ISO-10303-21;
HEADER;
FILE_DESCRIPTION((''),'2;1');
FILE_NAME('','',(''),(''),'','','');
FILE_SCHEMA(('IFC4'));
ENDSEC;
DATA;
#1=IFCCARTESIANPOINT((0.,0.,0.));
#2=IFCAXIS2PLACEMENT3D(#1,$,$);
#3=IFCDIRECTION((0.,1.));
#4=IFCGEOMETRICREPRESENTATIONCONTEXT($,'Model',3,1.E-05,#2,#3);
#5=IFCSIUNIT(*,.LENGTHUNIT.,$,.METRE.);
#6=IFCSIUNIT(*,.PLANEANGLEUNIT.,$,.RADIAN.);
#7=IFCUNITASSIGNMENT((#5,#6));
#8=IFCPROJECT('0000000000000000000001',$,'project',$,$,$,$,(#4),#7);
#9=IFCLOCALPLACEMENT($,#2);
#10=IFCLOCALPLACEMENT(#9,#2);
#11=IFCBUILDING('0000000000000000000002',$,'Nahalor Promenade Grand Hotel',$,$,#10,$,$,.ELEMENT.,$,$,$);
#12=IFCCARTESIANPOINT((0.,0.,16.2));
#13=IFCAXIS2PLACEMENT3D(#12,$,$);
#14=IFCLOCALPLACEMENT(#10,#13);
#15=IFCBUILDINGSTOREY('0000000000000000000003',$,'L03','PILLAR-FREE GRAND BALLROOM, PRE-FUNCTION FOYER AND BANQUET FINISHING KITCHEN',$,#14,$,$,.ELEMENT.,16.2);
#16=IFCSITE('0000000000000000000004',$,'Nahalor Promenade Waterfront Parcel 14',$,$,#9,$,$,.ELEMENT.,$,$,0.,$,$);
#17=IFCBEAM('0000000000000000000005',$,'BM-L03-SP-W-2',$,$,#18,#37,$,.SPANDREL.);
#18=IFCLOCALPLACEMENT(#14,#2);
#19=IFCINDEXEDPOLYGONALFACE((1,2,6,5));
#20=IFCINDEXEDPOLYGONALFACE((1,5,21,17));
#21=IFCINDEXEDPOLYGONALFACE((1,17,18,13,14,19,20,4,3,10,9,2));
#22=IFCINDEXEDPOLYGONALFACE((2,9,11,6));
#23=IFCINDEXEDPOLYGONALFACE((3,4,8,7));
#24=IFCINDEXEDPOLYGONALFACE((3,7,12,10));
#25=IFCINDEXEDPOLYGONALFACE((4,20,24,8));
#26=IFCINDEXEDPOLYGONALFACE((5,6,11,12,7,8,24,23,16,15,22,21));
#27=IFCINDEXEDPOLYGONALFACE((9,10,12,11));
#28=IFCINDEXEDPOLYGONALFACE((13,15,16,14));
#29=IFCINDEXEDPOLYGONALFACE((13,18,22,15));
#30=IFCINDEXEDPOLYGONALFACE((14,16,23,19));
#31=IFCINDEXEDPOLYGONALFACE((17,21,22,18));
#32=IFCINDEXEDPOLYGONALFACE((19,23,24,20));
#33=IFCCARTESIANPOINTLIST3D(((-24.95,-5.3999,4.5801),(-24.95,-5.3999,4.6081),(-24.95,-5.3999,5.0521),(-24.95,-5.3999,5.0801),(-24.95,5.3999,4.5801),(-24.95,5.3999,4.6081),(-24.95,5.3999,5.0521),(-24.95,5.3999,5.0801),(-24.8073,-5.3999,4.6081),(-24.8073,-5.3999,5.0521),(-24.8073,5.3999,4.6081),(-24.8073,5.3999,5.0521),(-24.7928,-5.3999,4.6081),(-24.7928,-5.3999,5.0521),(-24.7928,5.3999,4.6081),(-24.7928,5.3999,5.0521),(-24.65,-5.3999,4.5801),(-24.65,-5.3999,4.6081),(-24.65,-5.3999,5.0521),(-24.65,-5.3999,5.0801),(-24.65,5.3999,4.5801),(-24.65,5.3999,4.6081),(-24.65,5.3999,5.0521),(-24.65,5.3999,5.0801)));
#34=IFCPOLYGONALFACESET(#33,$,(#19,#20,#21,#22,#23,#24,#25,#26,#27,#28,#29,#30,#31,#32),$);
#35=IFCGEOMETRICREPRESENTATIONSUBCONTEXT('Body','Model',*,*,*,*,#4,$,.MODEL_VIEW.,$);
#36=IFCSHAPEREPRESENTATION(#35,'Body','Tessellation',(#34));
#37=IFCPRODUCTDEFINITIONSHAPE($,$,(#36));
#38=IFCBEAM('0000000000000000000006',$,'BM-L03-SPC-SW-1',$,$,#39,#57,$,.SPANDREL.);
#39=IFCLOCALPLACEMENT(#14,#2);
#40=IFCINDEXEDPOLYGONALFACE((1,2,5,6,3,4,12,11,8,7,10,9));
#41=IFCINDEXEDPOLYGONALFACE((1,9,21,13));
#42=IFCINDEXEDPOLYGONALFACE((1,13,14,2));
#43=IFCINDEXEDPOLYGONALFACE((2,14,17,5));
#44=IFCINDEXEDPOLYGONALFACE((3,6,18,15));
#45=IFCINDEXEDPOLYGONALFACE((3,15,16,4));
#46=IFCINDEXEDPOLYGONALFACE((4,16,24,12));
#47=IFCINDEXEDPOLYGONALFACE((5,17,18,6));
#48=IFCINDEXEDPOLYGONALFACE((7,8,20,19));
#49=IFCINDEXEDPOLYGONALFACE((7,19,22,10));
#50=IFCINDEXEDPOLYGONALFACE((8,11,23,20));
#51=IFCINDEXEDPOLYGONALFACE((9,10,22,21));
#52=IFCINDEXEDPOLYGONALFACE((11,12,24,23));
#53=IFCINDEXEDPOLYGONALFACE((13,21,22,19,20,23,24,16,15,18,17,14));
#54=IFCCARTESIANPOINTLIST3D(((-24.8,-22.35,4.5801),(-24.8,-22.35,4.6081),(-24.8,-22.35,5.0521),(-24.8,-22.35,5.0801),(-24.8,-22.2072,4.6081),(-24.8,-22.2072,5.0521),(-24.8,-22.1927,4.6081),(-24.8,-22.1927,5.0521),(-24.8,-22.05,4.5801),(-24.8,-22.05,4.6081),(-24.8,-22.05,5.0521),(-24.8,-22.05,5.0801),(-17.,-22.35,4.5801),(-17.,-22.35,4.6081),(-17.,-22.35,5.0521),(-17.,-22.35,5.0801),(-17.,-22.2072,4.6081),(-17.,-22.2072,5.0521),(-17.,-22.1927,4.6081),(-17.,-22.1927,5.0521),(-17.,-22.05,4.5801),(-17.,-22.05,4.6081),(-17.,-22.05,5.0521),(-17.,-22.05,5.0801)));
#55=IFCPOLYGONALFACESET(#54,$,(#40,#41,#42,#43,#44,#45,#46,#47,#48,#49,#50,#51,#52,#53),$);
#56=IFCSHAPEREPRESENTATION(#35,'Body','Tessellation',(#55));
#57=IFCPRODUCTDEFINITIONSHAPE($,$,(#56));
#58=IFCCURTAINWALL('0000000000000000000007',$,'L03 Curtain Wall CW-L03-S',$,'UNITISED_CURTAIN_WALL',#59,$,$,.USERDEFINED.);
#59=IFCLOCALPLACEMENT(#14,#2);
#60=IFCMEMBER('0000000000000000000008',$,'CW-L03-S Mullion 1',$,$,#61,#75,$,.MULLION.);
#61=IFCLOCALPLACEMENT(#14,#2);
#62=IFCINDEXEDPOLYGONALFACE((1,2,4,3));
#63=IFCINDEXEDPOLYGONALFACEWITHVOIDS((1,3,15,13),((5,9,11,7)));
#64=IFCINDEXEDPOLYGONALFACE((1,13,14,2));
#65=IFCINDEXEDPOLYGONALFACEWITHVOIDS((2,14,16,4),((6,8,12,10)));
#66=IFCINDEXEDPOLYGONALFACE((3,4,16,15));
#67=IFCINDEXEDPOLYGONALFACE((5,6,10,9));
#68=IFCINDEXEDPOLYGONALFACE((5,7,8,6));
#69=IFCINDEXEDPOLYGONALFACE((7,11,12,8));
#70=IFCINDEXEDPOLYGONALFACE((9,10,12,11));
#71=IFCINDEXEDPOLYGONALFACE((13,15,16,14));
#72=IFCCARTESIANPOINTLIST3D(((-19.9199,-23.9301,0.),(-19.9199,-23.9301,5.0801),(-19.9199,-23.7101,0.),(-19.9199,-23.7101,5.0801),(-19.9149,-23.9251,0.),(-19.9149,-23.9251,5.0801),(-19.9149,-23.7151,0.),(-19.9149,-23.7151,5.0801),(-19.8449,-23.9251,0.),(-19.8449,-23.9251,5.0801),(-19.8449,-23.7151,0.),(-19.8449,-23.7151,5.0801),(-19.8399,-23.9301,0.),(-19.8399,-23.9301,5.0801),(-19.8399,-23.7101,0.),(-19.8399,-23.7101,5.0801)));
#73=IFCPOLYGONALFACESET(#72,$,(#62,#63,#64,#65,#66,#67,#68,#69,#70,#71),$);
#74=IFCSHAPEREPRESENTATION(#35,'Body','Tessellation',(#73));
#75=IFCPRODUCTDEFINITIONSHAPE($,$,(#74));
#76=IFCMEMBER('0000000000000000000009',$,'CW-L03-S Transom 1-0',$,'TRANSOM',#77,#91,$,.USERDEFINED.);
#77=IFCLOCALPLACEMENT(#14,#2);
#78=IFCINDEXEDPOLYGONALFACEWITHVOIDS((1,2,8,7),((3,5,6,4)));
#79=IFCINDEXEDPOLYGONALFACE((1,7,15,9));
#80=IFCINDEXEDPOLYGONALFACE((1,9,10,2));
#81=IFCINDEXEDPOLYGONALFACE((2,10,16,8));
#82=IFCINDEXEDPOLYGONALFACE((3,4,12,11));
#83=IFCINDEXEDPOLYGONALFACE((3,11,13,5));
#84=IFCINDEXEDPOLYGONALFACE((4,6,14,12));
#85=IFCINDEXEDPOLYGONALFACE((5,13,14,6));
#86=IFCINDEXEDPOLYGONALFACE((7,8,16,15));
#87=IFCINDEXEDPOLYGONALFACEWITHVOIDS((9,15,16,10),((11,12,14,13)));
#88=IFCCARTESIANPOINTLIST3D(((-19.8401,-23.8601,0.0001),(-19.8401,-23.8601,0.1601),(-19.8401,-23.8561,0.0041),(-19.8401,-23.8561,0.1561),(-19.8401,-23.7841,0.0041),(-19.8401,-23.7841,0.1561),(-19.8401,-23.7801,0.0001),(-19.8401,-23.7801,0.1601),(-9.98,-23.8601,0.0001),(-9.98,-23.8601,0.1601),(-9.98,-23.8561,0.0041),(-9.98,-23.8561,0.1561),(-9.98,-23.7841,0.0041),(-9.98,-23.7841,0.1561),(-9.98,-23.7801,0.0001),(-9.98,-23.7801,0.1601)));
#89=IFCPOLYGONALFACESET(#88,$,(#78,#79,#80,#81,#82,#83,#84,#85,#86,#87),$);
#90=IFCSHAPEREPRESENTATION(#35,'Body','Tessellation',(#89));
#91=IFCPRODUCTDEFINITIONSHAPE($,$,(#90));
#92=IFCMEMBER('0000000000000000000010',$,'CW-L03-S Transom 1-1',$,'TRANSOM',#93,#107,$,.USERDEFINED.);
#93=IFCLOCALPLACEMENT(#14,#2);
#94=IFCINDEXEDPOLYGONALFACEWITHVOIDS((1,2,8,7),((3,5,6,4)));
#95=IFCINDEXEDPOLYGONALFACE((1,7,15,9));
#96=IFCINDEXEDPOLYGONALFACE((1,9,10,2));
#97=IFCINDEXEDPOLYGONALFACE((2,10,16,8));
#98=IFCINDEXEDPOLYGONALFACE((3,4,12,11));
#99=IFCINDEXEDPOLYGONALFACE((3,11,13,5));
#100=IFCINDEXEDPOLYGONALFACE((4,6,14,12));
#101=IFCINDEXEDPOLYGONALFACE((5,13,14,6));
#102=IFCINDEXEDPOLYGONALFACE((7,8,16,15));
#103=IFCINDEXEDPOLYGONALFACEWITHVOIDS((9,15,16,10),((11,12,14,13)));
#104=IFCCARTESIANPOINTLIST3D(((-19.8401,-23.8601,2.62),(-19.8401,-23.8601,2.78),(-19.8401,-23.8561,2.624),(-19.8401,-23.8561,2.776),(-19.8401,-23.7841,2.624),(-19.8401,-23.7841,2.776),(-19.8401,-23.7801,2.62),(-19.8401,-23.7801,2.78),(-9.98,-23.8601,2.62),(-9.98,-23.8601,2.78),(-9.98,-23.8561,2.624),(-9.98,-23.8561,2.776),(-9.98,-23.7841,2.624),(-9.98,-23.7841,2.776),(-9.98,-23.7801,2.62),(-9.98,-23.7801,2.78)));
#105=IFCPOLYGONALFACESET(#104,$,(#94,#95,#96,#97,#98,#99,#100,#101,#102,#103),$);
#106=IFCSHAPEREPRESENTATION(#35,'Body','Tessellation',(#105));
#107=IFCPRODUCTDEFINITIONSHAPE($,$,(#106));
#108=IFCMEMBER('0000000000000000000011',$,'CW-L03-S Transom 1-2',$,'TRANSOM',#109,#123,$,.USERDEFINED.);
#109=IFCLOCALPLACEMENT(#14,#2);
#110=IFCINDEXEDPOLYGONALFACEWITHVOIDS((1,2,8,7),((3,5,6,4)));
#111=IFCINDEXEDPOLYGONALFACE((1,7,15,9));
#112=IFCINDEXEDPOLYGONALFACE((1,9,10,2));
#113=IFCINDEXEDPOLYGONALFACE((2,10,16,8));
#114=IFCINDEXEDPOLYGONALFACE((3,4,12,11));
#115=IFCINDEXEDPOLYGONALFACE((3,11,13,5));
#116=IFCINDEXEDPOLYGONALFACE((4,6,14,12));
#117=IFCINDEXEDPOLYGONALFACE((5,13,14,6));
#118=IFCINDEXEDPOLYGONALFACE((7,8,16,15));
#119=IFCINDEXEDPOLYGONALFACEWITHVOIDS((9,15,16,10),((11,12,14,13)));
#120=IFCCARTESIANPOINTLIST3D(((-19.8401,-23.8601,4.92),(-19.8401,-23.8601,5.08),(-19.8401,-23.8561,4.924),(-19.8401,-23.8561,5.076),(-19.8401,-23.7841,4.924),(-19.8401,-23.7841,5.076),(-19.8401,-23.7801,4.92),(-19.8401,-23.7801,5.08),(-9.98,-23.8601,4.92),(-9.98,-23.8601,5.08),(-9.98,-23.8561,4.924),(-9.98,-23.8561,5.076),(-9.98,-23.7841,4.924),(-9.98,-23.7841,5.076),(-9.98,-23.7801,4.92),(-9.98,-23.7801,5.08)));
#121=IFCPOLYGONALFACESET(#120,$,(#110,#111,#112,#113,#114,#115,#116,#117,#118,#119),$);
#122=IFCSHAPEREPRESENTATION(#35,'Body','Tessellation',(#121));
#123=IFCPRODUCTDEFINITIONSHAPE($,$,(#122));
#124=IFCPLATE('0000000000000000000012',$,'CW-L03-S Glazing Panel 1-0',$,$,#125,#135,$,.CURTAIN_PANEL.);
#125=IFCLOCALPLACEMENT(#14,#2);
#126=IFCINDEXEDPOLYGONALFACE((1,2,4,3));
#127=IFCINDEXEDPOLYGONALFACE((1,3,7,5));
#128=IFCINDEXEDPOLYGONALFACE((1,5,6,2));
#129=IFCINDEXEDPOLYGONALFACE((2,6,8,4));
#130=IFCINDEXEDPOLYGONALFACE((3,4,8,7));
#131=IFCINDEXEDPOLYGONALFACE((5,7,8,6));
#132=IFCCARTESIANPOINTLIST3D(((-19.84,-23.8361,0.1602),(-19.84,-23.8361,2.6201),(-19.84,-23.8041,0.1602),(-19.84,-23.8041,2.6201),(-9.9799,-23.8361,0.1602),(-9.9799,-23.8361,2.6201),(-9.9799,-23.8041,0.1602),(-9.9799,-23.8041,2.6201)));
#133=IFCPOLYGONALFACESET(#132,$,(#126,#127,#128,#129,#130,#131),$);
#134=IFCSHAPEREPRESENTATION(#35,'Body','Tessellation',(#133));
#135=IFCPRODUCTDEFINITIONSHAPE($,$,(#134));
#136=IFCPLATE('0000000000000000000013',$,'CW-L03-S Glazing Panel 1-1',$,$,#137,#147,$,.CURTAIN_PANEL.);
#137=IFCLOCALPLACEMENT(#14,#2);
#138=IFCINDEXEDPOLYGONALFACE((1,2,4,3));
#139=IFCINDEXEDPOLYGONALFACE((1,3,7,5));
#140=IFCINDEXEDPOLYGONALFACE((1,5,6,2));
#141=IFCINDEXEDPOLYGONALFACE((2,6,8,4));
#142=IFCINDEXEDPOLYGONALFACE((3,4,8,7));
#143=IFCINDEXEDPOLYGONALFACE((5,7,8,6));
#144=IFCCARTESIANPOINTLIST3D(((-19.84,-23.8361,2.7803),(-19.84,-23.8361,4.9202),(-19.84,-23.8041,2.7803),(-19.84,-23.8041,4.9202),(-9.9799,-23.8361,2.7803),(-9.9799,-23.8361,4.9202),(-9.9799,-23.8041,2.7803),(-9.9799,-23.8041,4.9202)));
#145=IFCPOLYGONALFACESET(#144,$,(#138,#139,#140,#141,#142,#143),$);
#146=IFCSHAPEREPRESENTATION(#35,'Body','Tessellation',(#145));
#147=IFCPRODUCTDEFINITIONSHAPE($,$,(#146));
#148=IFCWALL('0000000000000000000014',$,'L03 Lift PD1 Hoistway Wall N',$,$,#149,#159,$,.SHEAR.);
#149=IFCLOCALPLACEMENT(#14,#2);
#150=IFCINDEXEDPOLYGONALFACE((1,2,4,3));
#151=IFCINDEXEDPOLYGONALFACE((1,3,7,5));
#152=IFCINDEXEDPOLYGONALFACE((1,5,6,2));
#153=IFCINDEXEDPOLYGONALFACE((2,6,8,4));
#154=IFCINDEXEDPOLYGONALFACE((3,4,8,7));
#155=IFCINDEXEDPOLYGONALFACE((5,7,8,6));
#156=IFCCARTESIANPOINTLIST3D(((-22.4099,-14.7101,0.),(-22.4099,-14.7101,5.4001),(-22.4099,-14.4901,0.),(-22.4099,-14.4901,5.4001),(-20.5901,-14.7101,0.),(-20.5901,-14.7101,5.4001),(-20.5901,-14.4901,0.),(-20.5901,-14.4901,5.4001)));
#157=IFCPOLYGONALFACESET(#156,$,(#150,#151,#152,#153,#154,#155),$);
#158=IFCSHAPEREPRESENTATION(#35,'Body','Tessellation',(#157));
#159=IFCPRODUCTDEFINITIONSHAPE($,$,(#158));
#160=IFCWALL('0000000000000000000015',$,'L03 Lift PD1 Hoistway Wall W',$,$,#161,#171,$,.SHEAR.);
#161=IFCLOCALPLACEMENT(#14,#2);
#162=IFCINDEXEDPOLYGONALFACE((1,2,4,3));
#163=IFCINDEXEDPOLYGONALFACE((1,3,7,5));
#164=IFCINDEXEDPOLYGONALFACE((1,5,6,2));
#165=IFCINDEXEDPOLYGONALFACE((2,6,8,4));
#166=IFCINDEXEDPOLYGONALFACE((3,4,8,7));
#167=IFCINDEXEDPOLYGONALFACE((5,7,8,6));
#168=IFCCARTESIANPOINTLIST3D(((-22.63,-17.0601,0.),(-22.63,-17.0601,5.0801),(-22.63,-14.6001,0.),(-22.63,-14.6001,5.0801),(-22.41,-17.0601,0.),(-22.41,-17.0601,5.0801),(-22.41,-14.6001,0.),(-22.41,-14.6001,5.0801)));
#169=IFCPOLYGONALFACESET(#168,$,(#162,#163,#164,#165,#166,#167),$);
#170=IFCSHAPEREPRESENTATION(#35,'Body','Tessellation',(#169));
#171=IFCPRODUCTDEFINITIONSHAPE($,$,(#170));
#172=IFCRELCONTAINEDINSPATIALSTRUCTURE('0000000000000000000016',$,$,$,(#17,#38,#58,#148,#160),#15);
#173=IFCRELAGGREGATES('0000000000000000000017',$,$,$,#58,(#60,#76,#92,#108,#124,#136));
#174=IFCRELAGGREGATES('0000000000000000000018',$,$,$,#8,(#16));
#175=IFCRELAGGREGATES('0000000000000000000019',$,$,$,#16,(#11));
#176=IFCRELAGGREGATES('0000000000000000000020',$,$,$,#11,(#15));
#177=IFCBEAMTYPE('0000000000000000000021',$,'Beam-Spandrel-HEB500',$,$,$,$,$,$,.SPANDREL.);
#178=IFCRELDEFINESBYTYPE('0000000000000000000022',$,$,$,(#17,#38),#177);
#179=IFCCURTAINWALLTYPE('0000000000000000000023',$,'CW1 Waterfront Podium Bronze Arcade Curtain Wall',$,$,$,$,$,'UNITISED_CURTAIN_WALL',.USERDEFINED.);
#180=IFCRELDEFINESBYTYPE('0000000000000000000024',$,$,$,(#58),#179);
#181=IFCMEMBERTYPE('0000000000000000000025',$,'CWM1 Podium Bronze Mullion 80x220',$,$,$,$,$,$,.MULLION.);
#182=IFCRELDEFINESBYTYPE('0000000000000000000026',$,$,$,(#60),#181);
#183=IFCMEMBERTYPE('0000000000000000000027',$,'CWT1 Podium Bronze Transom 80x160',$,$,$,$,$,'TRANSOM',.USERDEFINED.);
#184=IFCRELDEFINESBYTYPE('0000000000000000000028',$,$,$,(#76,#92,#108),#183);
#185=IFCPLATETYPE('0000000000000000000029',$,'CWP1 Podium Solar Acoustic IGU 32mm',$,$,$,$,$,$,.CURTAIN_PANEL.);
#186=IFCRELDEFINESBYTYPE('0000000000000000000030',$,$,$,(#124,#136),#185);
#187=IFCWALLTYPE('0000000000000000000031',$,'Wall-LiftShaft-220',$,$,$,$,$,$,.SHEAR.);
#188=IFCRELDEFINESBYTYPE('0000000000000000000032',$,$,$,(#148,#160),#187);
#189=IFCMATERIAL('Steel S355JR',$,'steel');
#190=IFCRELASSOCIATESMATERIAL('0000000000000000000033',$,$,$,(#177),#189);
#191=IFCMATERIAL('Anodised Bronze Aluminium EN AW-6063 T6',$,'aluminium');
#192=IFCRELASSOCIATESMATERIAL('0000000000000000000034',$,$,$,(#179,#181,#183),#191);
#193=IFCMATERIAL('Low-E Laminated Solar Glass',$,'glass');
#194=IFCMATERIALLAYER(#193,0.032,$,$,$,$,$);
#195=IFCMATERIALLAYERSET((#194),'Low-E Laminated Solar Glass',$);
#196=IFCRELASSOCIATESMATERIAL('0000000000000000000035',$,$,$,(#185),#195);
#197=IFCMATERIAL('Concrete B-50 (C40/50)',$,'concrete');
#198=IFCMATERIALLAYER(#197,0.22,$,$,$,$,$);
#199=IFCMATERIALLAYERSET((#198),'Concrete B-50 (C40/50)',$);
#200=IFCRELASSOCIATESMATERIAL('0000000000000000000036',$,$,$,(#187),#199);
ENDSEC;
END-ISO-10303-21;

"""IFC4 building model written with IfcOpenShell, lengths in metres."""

from ifc_helpers import new_model, si_unit, direction, frame, frame_2d, origin, origin_2d, place, context, subcontext, project, spatial, rectangle, hollow_rectangle, i_section, extrude, source, transform, mapped, material, layer, layer_set, material_profile, profile_set, type_object, element, aggregate, save


model = new_model("IFC4")

# Units and contexts
model_context = context("Model", 3, precision=1e-05, world=origin(), true_north=direction((0.0, 1.0)))
body_context = subcontext(model_context, "Body", "Model", "MODEL_VIEW")
ifc_project = project(units=[si_unit("LENGTHUNIT", "METRE"), si_unit("PLANEANGLEUNIT", "RADIAN")], contexts=[model_context])

# Site, building, storey
site_placement = place(None, origin())
site = spatial("IfcSite", under=ifc_project, at=site_placement, Name="Nahalor Promenade Waterfront Parcel 14", CompositionType="ELEMENT", RefElevation=0.0)
building_placement = place(site_placement, origin())
building = spatial("IfcBuilding", under=site, at=building_placement, Name="Nahalor Promenade Grand Hotel", CompositionType="ELEMENT")
storey_placement = place(building_placement, frame((0.0, 0.0, 16.2)))
storey = spatial("IfcBuildingStorey", under=building, at=storey_placement, Name="L03", Description="PILLAR-FREE GRAND BALLROOM, PRE-FUNCTION FOYER AND BANQUET FINISHING KITCHEN", CompositionType="ELEMENT", Elevation=16.2)

# Beams
ifc_material_1 = material(Name="Steel S355JR", Category="steel")
ifc_material_profile_1 = material_profile(ifc_material_1, i_section(OverallWidth=0.3, OverallDepth=0.5, WebThickness=0.0145, FlangeThickness=0.028, at=origin_2d()), Name="HEB 500")
ifc_profile_set_1 = profile_set([ifc_material_profile_1], Name="Steel S355JR")
beam_type_1 = type_object("IfcBeamType", Name="Beam-Spandrel-HEB500", PredefinedType="SPANDREL", material=ifc_profile_set_1)
shared_shape_1 = source(origin(), body_context, "Body", "SweptSolid", [
    extrude(i_section(OverallWidth=0.3, OverallDepth=0.5, WebThickness=0.0145, FlangeThickness=0.028, at=origin_2d()), origin(), (0.0, 0.0, 1.0), 10.7998),
])
beam_1_placement = place(storey_placement, frame((-24.8, -5.3999, 4.8301), z_axis=(0.0, 1.0, 0.0), x_axis=(-1.0, 0.0, 0.0)))
element("IfcBeam", 1, at=beam_1_placement, inside=storey, type_object=beam_type_1, Name="BM-L03-SP-W-2", PredefinedType="SPANDREL", context=body_context, shape_type="MappedRepresentation", body=[
    mapped(shared_shape_1, transform((0.0, 0.0, 0.0), scale=1.0)),
])
shared_shape_2 = source(origin(), body_context, "Body", "SweptSolid", [
    extrude(i_section(OverallWidth=0.3, OverallDepth=0.5, WebThickness=0.0145, FlangeThickness=0.028, at=origin_2d()), origin(), (0.0, 0.0, 1.0), 7.8),
])
beam_2_placement = place(storey_placement, frame((-17.0, -22.2, 4.8301), z_axis=(-1.0, 0.0, 0.0), x_axis=(0.0, -1.0, 0.0)))
element("IfcBeam", 2, at=beam_2_placement, inside=storey, type_object=beam_type_1, Name="BM-L03-SPC-SW-1", PredefinedType="SPANDREL", context=body_context, shape_type="MappedRepresentation", body=[
    mapped(shared_shape_2, transform((0.0, 0.0, 0.0), scale=1.0)),
])

# Curtain wall, members, plates
ifc_material_2 = material(Name="Anodised Bronze Aluminium EN AW-6063 T6", Category="aluminium")
curtain_wall_type = type_object("IfcCurtainWallType", Name="CW1 Waterfront Podium Bronze Arcade Curtain Wall", ElementType="UNITISED_CURTAIN_WALL", PredefinedType="USERDEFINED", material=ifc_material_2)
curtain_wall_placement = place(storey_placement, origin())
curtain_wall = element("IfcCurtainWall", 3, at=curtain_wall_placement, inside=storey, type_object=curtain_wall_type, Name="L03 Curtain Wall CW-L03-S", ObjectType="UNITISED_CURTAIN_WALL", PredefinedType="USERDEFINED")
ifc_material_profile_2 = material_profile(ifc_material_2, hollow_rectangle(XDim=0.08, YDim=0.22, WallThickness=0.005, at=origin_2d()), Name="CWM 80x220x5")
ifc_profile_set_2 = profile_set([ifc_material_profile_2], Name="Anodised Bronze Aluminium EN AW-6063 T6")
member_type_1 = type_object("IfcMemberType", Name="CWM1 Podium Bronze Mullion 80x220", PredefinedType="MULLION", material=ifc_profile_set_2)
shared_shape_3 = source(origin(), body_context, "Body", "SweptSolid", [
    extrude(hollow_rectangle(XDim=0.08, YDim=0.22, WallThickness=0.005, at=origin_2d()), origin(), (0.0, 0.0, 1.0), 5.0801),
])
member_1_placement = place(storey_placement, frame((-19.8799, -23.8201, 0.0), z_axis=(0.0, 0.0, 1.0), x_axis=(1.0, 0.0, 0.0)))
member_1 = element("IfcMember", 4, at=member_1_placement, type_object=member_type_1, Name="CW-L03-S Mullion 1", PredefinedType="MULLION", context=body_context, shape_type="MappedRepresentation", body=[
    mapped(shared_shape_3, transform((0.0, 0.0, 0.0), scale=1.0)),
])
ifc_material_profile_3 = material_profile(ifc_material_2, hollow_rectangle(XDim=0.08, YDim=0.16, WallThickness=0.004, at=origin_2d()), Name="CWT 80x160x4")
ifc_profile_set_3 = profile_set([ifc_material_profile_3], Name="Anodised Bronze Aluminium EN AW-6063 T6")
member_type_2 = type_object("IfcMemberType", Name="CWT1 Podium Bronze Transom 80x160", ElementType="TRANSOM", PredefinedType="USERDEFINED", material=ifc_profile_set_3)
shared_shape_4 = source(origin(), body_context, "Body", "SweptSolid", [
    extrude(hollow_rectangle(XDim=0.08, YDim=0.16, WallThickness=0.004, at=origin_2d()), origin(), (0.0, 0.0, 1.0), 9.8601),
])
member_2_placement = place(storey_placement, frame((-19.8401, -23.8201, 0.0801), z_axis=(1.0, 0.0, 0.0), x_axis=(0.0, 1.0, 0.0)))
member_2 = element("IfcMember", 5, at=member_2_placement, type_object=member_type_2, Name="CW-L03-S Transom 1-0", ObjectType="TRANSOM", PredefinedType="USERDEFINED", context=body_context, shape_type="MappedRepresentation", body=[
    mapped(shared_shape_4, transform((0.0, 0.0, 0.0), scale=1.0)),
])
member_3_placement = place(storey_placement, frame((-19.8401, -23.8201, 2.7), z_axis=(1.0, 0.0, 0.0), x_axis=(0.0, 1.0, 0.0)))
member_3 = element("IfcMember", 6, at=member_3_placement, type_object=member_type_2, Name="CW-L03-S Transom 1-1", ObjectType="TRANSOM", PredefinedType="USERDEFINED", context=body_context, shape_type="MappedRepresentation", body=[
    mapped(shared_shape_4, transform((0.0, 0.0, 0.0), scale=1.0)),
])
member_4_placement = place(storey_placement, frame((-19.8401, -23.8201, 5.0), z_axis=(1.0, 0.0, 0.0), x_axis=(0.0, 1.0, 0.0)))
member_4 = element("IfcMember", 7, at=member_4_placement, type_object=member_type_2, Name="CW-L03-S Transom 1-2", ObjectType="TRANSOM", PredefinedType="USERDEFINED", context=body_context, shape_type="MappedRepresentation", body=[
    mapped(shared_shape_4, transform((0.0, 0.0, 0.0), scale=1.0)),
])
ifc_material_3 = material(Name="Low-E Laminated Solar Glass", Category="glass")
ifc_layer_1 = layer(ifc_material_3, 0.032)
ifc_layer_set_1 = layer_set([ifc_layer_1], Name="Low-E Laminated Solar Glass")
plate_type = type_object("IfcPlateType", Name="CWP1 Podium Solar Acoustic IGU 32mm", PredefinedType="CURTAIN_PANEL", material=ifc_layer_set_1)
shared_shape_5 = source(origin(), body_context, "Body", "SweptSolid", [
    extrude(rectangle(XDim=9.8601, YDim=0.032, at=origin_2d()), origin(), (0.0, 0.0, 1.0), 2.46),
])
plate_1_placement = place(storey_placement, frame((-14.9099, -23.8201, 0.1602), z_axis=(0.0, 0.0, 1.0), x_axis=(1.0, 0.0, 0.0)))
plate_1 = element("IfcPlate", 8, at=plate_1_placement, type_object=plate_type, Name="CW-L03-S Glazing Panel 1-0", PredefinedType="CURTAIN_PANEL", context=body_context, shape_type="MappedRepresentation", body=[
    mapped(shared_shape_5, transform((0.0, 0.0, 0.0), scale=1.0)),
])
shared_shape_6 = source(origin(), body_context, "Body", "SweptSolid", [
    extrude(rectangle(XDim=9.8601, YDim=0.032, at=origin_2d()), origin(), (0.0, 0.0, 1.0), 2.1399),
])
plate_2_placement = place(storey_placement, frame((-14.9099, -23.8201, 2.7803), z_axis=(0.0, 0.0, 1.0), x_axis=(1.0, 0.0, 0.0)))
plate_2 = element("IfcPlate", 9, at=plate_2_placement, type_object=plate_type, Name="CW-L03-S Glazing Panel 1-1", PredefinedType="CURTAIN_PANEL", context=body_context, shape_type="MappedRepresentation", body=[
    mapped(shared_shape_6, transform((0.0, 0.0, 0.0), scale=1.0)),
])
aggregate(curtain_wall, [member_1, member_2, member_3, member_4, plate_1, plate_2])

# Walls
ifc_material_4 = material(Name="Concrete B-50 (C40/50)", Category="concrete")
ifc_layer_2 = layer(ifc_material_4, 0.22)
ifc_layer_set_2 = layer_set([ifc_layer_2], Name="Concrete B-50 (C40/50)")
wall_type_1 = type_object("IfcWallType", Name="Wall-LiftShaft-220", PredefinedType="SHEAR", material=ifc_layer_set_2)
shared_shape_7 = source(origin(), body_context, "Body", "SweptSolid", [
    extrude(rectangle(XDim=1.8198, YDim=0.22, at=frame_2d((0.9099, 0.0))), origin(), (0.0, 0.0, 1.0), 5.4001),
])
wall_1_placement = place(storey_placement, frame((-22.4099, -14.6001, 0.0), z_axis=(0.0, 0.0, 1.0), x_axis=(1.0, 0.0, 0.0)))
element("IfcWall", 10, at=wall_1_placement, inside=storey, type_object=wall_type_1, Name="L03 Lift PD1 Hoistway Wall N", PredefinedType="SHEAR", context=body_context, shape_type="MappedRepresentation", body=[
    mapped(shared_shape_7, transform((0.0, 0.0, 0.0), scale=1.0)),
])
shared_shape_8 = source(origin(), body_context, "Body", "SweptSolid", [
    extrude(rectangle(XDim=2.46, YDim=0.22, at=frame_2d((1.23, 0.0))), origin(), (0.0, 0.0, 1.0), 5.0801),
])
wall_2_placement = place(storey_placement, frame((-22.52, -17.0601, 0.0), z_axis=(0.0, 0.0, 1.0), x_axis=(0.0, 1.0, 0.0)))
element("IfcWall", 11, at=wall_2_placement, inside=storey, type_object=wall_type_1, Name="L03 Lift PD1 Hoistway Wall W", PredefinedType="SHEAR", context=body_context, shape_type="MappedRepresentation", body=[
    mapped(shared_shape_8, transform((0.0, 0.0, 0.0), scale=1.0)),
])

save(model, "model.ifc")
